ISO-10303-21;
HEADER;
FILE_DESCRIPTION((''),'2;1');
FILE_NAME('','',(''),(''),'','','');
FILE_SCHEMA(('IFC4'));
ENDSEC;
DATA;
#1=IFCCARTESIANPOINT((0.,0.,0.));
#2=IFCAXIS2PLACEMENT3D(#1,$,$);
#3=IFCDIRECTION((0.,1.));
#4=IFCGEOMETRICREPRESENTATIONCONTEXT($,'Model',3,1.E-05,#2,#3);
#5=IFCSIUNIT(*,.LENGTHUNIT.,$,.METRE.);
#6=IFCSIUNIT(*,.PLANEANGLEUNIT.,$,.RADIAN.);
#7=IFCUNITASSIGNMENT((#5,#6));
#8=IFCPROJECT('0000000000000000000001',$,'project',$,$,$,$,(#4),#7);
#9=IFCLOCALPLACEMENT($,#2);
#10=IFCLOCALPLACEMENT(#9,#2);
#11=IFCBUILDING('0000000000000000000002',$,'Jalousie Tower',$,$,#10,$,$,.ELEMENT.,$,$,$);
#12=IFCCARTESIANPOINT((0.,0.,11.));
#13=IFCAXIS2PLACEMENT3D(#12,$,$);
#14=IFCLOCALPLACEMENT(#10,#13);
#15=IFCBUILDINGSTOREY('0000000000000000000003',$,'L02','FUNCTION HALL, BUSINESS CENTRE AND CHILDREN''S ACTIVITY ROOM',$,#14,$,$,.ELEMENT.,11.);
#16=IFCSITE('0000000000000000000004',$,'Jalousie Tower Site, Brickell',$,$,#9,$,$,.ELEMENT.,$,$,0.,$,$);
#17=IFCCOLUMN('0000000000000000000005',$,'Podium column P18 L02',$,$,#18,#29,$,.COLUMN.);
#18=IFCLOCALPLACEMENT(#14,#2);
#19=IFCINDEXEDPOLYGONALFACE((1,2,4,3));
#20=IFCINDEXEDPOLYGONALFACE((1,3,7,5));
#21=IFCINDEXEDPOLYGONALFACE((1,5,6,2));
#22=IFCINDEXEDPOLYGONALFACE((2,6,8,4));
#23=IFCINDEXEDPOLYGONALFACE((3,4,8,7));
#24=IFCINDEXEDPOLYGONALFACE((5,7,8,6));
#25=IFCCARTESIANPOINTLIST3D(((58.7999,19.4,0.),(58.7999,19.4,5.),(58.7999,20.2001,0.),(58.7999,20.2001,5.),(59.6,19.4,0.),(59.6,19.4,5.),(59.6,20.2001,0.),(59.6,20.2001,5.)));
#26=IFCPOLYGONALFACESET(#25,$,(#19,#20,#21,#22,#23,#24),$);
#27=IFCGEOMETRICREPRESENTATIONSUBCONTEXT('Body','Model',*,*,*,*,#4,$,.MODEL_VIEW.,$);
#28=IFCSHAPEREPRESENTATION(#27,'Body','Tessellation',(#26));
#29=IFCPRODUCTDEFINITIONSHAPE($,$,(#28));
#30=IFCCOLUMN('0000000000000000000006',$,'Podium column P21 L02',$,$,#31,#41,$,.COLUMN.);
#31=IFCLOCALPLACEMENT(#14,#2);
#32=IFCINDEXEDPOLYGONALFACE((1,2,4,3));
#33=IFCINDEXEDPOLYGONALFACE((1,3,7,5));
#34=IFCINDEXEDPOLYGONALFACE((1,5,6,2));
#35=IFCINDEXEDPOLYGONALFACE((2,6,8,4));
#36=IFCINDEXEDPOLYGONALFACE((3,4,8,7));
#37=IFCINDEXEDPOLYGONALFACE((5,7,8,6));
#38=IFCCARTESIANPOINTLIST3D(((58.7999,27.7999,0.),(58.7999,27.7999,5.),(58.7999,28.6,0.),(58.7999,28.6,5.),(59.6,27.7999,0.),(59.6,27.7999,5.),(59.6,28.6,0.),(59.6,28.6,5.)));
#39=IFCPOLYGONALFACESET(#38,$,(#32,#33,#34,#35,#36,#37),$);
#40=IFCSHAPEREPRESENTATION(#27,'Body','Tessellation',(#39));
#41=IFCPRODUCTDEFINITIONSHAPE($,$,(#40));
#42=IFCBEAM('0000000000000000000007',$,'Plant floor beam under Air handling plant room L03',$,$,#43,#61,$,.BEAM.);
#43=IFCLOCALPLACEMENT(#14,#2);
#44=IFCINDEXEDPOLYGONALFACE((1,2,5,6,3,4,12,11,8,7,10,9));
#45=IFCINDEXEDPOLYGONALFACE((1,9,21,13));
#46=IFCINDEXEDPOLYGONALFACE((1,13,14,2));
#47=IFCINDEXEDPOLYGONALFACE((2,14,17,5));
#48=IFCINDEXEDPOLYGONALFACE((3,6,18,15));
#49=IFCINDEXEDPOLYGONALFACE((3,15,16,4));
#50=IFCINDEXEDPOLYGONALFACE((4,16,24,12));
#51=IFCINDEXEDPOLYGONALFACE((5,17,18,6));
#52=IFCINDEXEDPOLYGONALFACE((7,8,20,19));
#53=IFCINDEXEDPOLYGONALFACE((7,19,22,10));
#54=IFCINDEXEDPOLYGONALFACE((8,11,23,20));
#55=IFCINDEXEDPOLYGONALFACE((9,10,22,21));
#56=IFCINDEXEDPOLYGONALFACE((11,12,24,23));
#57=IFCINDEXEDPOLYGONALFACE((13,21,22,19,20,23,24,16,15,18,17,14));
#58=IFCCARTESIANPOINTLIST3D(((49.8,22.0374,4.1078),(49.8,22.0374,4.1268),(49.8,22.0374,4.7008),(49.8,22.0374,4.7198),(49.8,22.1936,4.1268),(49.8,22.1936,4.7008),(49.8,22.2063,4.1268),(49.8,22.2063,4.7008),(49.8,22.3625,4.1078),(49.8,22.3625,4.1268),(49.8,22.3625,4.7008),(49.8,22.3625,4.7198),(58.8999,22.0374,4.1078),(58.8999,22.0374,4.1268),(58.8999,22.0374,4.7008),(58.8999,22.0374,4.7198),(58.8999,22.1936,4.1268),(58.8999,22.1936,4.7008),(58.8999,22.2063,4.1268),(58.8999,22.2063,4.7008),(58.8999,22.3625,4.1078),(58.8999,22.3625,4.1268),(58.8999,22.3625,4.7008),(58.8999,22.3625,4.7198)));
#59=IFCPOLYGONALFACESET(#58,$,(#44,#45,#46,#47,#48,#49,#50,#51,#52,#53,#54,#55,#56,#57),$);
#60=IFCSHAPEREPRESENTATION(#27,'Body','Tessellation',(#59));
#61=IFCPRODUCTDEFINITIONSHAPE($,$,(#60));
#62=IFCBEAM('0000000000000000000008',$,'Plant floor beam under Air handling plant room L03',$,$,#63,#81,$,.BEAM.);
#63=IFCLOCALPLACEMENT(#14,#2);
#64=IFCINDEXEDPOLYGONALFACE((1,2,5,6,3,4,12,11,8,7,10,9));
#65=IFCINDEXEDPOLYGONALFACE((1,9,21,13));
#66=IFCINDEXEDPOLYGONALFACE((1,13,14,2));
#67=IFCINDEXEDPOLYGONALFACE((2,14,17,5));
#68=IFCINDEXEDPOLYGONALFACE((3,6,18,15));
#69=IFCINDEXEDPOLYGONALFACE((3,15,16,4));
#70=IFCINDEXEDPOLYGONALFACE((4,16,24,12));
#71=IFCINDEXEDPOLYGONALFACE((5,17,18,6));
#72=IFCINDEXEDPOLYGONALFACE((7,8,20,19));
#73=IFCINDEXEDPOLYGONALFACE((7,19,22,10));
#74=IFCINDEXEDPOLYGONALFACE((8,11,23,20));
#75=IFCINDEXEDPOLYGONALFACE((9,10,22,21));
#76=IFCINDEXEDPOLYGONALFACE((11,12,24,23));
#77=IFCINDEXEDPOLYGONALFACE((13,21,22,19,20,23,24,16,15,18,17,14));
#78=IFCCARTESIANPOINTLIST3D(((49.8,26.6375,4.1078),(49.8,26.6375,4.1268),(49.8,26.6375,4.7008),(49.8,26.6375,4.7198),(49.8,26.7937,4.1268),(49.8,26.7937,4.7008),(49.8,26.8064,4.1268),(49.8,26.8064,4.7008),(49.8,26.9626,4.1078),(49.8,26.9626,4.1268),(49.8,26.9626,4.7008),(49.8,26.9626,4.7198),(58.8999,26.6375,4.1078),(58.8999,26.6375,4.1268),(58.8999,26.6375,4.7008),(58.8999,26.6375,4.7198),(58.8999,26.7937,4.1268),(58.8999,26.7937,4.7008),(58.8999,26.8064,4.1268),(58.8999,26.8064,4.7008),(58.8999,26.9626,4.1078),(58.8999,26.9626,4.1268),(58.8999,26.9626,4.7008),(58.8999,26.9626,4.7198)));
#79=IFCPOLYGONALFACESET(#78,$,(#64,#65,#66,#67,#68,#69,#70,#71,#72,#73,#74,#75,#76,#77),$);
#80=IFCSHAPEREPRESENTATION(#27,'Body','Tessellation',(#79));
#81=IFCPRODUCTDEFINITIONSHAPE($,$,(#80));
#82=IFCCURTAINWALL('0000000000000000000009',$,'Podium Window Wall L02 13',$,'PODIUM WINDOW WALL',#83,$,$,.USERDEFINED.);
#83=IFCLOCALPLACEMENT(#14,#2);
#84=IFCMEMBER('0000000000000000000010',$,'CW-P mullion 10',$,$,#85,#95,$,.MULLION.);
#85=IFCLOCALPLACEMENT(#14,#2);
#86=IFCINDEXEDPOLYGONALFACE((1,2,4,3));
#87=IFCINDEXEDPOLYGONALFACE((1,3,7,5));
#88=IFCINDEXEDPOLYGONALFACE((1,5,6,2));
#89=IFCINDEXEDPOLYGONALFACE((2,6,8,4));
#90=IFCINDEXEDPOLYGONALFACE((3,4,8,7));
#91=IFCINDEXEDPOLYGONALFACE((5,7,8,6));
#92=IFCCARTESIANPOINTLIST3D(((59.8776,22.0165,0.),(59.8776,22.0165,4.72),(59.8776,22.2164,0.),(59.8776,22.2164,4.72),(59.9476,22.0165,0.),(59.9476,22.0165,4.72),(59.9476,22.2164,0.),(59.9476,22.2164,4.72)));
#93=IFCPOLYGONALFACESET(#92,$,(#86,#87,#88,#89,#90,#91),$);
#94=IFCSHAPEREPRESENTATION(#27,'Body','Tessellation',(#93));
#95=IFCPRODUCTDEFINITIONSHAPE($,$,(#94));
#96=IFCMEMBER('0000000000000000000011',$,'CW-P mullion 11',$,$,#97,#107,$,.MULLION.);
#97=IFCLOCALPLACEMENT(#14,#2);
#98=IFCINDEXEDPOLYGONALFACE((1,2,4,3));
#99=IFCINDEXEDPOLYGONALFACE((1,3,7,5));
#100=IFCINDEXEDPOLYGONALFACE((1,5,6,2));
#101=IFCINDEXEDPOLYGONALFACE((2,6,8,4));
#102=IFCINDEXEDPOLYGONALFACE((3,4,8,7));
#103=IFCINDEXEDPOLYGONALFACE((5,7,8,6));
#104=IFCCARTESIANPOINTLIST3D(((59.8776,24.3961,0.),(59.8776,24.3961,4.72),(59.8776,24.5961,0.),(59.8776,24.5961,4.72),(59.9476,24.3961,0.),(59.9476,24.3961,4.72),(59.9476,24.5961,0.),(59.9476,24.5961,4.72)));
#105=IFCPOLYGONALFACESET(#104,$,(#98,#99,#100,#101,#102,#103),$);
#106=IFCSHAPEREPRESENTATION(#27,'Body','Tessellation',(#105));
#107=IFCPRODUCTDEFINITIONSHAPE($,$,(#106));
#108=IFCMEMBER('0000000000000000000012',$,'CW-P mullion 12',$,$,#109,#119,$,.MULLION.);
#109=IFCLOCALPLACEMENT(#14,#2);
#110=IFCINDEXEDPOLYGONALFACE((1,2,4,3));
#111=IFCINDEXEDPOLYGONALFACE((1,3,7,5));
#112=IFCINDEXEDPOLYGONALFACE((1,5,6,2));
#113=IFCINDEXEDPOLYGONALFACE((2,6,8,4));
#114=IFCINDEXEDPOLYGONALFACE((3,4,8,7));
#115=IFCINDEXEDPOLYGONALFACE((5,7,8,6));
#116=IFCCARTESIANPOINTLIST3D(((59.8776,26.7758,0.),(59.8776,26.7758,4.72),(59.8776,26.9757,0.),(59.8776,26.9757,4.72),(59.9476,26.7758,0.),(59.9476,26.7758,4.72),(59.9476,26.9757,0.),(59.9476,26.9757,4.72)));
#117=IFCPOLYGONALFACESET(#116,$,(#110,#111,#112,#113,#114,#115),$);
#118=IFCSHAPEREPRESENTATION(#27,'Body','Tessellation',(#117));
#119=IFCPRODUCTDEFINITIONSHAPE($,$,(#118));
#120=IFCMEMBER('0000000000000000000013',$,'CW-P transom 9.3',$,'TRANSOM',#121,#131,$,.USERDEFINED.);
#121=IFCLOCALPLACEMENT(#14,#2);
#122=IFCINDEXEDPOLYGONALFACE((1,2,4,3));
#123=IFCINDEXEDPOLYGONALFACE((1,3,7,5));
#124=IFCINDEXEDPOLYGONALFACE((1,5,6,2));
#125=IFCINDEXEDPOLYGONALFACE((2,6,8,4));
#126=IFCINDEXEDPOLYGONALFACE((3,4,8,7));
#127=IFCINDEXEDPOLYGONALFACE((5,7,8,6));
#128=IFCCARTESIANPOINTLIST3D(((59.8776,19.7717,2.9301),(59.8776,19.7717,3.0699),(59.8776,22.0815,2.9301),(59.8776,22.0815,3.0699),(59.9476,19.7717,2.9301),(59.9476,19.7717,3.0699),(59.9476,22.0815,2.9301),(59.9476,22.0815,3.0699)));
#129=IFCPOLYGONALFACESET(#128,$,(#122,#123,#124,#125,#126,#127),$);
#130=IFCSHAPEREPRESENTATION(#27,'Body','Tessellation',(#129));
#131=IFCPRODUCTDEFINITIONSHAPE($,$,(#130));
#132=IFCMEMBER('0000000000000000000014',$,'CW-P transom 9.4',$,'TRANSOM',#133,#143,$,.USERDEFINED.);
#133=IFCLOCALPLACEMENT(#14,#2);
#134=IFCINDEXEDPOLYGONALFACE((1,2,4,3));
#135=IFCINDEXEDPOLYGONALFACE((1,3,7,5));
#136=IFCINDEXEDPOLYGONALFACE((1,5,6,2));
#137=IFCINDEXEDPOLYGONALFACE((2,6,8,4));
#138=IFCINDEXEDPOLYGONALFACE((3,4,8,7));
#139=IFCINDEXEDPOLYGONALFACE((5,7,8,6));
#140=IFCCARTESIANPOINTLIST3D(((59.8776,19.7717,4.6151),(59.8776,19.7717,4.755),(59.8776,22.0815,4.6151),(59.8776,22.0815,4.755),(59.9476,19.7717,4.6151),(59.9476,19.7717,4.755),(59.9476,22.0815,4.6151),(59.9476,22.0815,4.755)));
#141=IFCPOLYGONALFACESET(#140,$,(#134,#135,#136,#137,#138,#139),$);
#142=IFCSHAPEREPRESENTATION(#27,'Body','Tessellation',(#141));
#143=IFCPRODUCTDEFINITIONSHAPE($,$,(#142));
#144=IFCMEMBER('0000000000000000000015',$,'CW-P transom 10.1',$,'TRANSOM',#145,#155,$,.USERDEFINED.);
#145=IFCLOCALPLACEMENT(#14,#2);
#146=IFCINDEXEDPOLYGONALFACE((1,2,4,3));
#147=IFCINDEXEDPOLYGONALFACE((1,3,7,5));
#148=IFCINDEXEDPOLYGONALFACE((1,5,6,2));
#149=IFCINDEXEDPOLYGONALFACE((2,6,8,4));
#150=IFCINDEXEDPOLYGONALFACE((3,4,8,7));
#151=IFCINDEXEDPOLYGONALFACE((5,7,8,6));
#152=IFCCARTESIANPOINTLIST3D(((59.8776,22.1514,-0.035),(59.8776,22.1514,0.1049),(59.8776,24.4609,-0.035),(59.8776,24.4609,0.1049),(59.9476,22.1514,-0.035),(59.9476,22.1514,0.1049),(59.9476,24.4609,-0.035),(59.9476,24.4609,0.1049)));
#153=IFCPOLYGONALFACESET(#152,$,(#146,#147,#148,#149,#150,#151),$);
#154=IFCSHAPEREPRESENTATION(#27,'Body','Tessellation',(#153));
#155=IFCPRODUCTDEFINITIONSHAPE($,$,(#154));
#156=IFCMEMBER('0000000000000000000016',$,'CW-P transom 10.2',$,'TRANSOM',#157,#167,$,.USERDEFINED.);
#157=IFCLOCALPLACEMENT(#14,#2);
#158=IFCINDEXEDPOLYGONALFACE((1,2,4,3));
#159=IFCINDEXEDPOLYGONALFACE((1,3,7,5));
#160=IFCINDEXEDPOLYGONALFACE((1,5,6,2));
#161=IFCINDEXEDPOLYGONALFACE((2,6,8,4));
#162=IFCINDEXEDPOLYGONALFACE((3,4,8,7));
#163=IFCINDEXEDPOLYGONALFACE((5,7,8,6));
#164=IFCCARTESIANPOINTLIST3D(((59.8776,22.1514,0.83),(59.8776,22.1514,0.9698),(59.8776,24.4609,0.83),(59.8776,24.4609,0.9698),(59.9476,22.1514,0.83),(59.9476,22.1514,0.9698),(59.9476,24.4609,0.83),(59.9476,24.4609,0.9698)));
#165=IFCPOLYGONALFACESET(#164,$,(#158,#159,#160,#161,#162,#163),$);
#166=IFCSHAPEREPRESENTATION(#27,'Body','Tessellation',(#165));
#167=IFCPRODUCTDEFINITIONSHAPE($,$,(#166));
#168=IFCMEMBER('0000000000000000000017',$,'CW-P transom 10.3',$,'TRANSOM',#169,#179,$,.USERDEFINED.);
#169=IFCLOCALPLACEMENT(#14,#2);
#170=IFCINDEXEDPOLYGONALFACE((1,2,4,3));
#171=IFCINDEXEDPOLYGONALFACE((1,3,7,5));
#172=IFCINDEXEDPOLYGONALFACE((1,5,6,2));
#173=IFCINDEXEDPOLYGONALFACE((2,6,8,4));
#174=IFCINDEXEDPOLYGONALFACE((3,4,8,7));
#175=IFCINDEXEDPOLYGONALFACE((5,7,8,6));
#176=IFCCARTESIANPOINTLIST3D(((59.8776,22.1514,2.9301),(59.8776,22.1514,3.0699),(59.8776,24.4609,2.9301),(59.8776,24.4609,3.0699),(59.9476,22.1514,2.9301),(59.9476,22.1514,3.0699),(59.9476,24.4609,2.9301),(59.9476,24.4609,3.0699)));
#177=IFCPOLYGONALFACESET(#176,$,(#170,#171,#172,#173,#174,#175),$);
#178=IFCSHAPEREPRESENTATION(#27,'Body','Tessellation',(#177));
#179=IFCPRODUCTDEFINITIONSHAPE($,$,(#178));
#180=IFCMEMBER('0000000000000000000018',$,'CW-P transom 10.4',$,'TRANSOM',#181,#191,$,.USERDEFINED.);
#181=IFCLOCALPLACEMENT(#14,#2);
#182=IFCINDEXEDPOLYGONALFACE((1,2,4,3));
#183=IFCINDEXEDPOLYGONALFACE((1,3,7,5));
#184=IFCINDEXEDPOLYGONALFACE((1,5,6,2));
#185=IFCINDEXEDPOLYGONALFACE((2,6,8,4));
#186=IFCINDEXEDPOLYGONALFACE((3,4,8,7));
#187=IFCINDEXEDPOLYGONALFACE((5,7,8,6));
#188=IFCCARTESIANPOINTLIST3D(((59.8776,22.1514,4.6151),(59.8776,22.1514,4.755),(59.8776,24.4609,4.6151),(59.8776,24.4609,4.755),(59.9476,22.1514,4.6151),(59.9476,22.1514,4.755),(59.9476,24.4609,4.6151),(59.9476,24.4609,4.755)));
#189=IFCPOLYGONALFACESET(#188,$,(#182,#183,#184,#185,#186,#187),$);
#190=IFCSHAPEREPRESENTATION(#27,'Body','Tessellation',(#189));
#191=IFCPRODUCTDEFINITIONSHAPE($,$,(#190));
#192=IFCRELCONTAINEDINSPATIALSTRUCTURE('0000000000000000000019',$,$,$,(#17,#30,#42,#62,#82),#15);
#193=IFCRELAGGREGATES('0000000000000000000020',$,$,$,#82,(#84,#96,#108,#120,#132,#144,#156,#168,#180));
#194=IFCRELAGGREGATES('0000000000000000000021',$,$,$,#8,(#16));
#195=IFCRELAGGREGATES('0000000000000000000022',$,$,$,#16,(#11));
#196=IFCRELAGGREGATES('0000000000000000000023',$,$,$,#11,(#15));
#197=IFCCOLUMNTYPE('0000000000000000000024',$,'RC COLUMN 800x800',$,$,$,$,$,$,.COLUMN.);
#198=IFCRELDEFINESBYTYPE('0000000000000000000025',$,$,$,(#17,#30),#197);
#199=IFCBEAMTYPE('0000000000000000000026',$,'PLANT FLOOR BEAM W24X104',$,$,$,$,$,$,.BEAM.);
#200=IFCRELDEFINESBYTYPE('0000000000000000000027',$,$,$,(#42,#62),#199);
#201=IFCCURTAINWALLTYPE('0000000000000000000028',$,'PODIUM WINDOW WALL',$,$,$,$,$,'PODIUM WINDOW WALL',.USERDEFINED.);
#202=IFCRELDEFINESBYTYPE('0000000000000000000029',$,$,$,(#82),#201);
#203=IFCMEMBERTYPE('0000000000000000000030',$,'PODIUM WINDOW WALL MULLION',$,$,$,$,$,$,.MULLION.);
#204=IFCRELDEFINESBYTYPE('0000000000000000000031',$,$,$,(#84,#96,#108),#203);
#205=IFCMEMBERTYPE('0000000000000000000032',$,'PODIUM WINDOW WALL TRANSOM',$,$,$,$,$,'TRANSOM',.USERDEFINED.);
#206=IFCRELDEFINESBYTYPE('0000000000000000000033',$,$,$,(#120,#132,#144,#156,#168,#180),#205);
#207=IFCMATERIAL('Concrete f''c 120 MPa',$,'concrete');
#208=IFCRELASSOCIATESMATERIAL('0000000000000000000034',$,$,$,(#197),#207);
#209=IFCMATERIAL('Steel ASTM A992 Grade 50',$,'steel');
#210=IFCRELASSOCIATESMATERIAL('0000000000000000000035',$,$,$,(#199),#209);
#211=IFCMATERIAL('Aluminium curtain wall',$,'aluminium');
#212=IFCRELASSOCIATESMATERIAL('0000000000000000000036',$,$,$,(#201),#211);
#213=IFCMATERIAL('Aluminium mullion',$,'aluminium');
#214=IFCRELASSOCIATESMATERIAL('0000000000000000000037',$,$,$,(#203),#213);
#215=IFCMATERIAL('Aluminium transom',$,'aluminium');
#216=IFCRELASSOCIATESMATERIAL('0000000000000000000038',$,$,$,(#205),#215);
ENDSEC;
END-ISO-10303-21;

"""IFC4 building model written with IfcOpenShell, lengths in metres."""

from ifc_helpers import new_model, si_unit, direction, frame, origin, origin_2d, place, context, subcontext, project, spatial, rectangle, i_section, extrude, material, material_profile, profile_set, type_object, element, aggregate, save


model = new_model("IFC4")

# Units and contexts
model_context = context("Model", 3, precision=1e-05, world=origin(), true_north=direction((0.0, 1.0)))
body_context = subcontext(model_context, "Body", "Model", "MODEL_VIEW")
ifc_project = project(units=[si_unit("LENGTHUNIT", "METRE"), si_unit("PLANEANGLEUNIT", "RADIAN")], contexts=[model_context])

# Site, building, storey
site_placement = place(None, origin())
site = spatial("IfcSite", under=ifc_project, at=site_placement, Name="Jalousie Tower Site, Brickell", CompositionType="ELEMENT", RefElevation=0.0)
building_placement = place(site_placement, origin())
building = spatial("IfcBuilding", under=site, at=building_placement, Name="Jalousie Tower", CompositionType="ELEMENT")
storey_placement = place(building_placement, frame((0.0, 0.0, 11.0)))
storey = spatial("IfcBuildingStorey", under=building, at=storey_placement, Name="L02", Description="FUNCTION HALL, BUSINESS CENTRE AND CHILDREN'S ACTIVITY ROOM", CompositionType="ELEMENT", Elevation=11.0)

# Columns
ifc_material_1 = material(Name="Concrete f'c 120 MPa", Category="concrete")
ifc_material_profile_1 = material_profile(ifc_material_1, rectangle(XDim=0.8, YDim=0.8, at=origin_2d()), Name="RC 800x800")
ifc_profile_set_1 = profile_set([ifc_material_profile_1], Name="Concrete f'c 120 MPa")
column_type = type_object("IfcColumnType", Name="RC COLUMN 800x800", PredefinedType="COLUMN", material=ifc_profile_set_1)
for number, where, z_axis, x_axis, name in (
    (1, (59.2, 19.8, 0.0), (0.0, 0.0, 1.0), (1.0, 0.0, 0.0), "Podium column P18 L02"),
    (2, (59.2, 28.2, 0.0), (0.0, 0.0, 1.0), (1.0, 0.0, 0.0), "Podium column P21 L02"),
):
    element("IfcColumn", number, at=place(storey_placement, frame(where, z_axis=z_axis, x_axis=x_axis)), inside=storey, type_object=column_type, Name=name, PredefinedType="COLUMN", context=body_context, shape_type="SweptSolid", body=[
        extrude(rectangle(XDim=0.8, YDim=0.8, at=origin_2d()), origin(), (0.0, 0.0, 1.0), 5.0),
    ])

# Beams
ifc_material_2 = material(Name="Steel ASTM A992 Grade 50", Category="steel")
ifc_material_profile_2 = material_profile(ifc_material_2, i_section(OverallWidth=0.3252, OverallDepth=0.6121, WebThickness=0.0127, FlangeThickness=0.019, at=origin_2d()), Name="W24X104")
ifc_profile_set_2 = profile_set([ifc_material_profile_2], Name="Steel ASTM A992 Grade 50")
beam_type_1 = type_object("IfcBeamType", Name="PLANT FLOOR BEAM W24X104", PredefinedType="BEAM", material=ifc_profile_set_2)
for number, where, z_axis, x_axis, name in (
    (3, (49.8, 22.2, 4.4138), (1.0, 0.0, 0.0), (0.0, 1.0, 0.0), "Plant floor beam under Air handling plant room L03"),
    (4, (49.8, 26.8, 4.4138), (1.0, 0.0, 0.0), (0.0, 1.0, 0.0), "Plant floor beam under Air handling plant room L03"),
):
    element("IfcBeam", number, at=place(storey_placement, frame(where, z_axis=z_axis, x_axis=x_axis)), inside=storey, type_object=beam_type_1, Name=name, PredefinedType="BEAM", context=body_context, shape_type="SweptSolid", body=[
        extrude(i_section(OverallWidth=0.3252, OverallDepth=0.6121, WebThickness=0.0127, FlangeThickness=0.019, at=origin_2d()), origin(), (0.0, 0.0, 1.0), 9.0999),
    ])

# Curtain wall, members
ifc_material_3 = material(Name="Aluminium curtain wall", Category="aluminium")
curtain_wall_type = type_object("IfcCurtainWallType", Name="PODIUM WINDOW WALL", ElementType="PODIUM WINDOW WALL", PredefinedType="USERDEFINED", material=ifc_material_3)
curtain_wall_placement = place(storey_placement, origin())
curtain_wall = element("IfcCurtainWall", 5, at=curtain_wall_placement, inside=storey, type_object=curtain_wall_type, Name="Podium Window Wall L02 13", ObjectType="PODIUM WINDOW WALL", PredefinedType="USERDEFINED")
ifc_material_4 = material(Name="Aluminium mullion", Category="aluminium")
ifc_material_profile_3 = material_profile(ifc_material_4, rectangle(XDim=0.0701, YDim=0.2, at=origin_2d()), Name="MULLION 70x200")
ifc_profile_set_3 = profile_set([ifc_material_profile_3], Name="Aluminium mullion")
member_type_1 = type_object("IfcMemberType", Name="PODIUM WINDOW WALL MULLION", PredefinedType="MULLION", material=ifc_profile_set_3)
member_1_placement = place(storey_placement, frame((59.9126, 22.1165, 0.0), z_axis=(0.0, 0.0, 1.0), x_axis=(-1.0, 0.0, 0.0)))
member_1 = element("IfcMember", 6, at=member_1_placement, type_object=member_type_1, Name="CW-P mullion 10", PredefinedType="MULLION", context=body_context, shape_type="SweptSolid", body=[
    extrude(rectangle(XDim=0.0701, YDim=0.2, at=origin_2d()), origin(), (0.0, 0.0, 1.0), 4.72),
])
member_2_placement = place(storey_placement, frame((59.9126, 24.4961, 0.0), z_axis=(0.0, 0.0, 1.0), x_axis=(-1.0, 0.0, 0.0)))
member_2 = element("IfcMember", 7, at=member_2_placement, type_object=member_type_1, Name="CW-P mullion 11", PredefinedType="MULLION", context=body_context, shape_type="SweptSolid", body=[
    extrude(rectangle(XDim=0.0701, YDim=0.2, at=origin_2d()), origin(), (0.0, 0.0, 1.0), 4.72),
])
member_3_placement = place(storey_placement, frame((59.9126, 26.8757, 0.0), z_axis=(0.0, 0.0, 1.0), x_axis=(-1.0, 0.0, 0.0)))
member_3 = element("IfcMember", 8, at=member_3_placement, type_object=member_type_1, Name="CW-P mullion 12", PredefinedType="MULLION", context=body_context, shape_type="SweptSolid", body=[
    extrude(rectangle(XDim=0.0701, YDim=0.2, at=origin_2d()), origin(), (0.0, 0.0, 1.0), 4.72),
])
ifc_material_5 = material(Name="Aluminium transom", Category="aluminium")
ifc_material_profile_4 = material_profile(ifc_material_5, rectangle(XDim=0.0701, YDim=0.1399, at=origin_2d()), Name="TRANSOM 70x140")
ifc_profile_set_4 = profile_set([ifc_material_profile_4], Name="Aluminium transom")
member_type_2 = type_object("IfcMemberType", Name="PODIUM WINDOW WALL TRANSOM", ElementType="TRANSOM", PredefinedType="USERDEFINED", material=ifc_profile_set_4)
member_4_placement = place(storey_placement, frame((59.9126, 19.7717, 3.0), z_axis=(0.0, 1.0, 0.0), x_axis=(-1.0, 0.0, 0.0)))
member_4 = element("IfcMember", 9, at=member_4_placement, type_object=member_type_2, Name="CW-P transom 9.3", ObjectType="TRANSOM", PredefinedType="USERDEFINED", context=body_context, shape_type="SweptSolid", body=[
    extrude(rectangle(XDim=0.0701, YDim=0.1399, at=origin_2d()), origin(), (0.0, 0.0, 1.0), 2.3098),
])
member_5_placement = place(storey_placement, frame((59.9126, 19.7717, 4.6851), z_axis=(0.0, 1.0, 0.0), x_axis=(-1.0, 0.0, 0.0)))
member_5 = element("IfcMember", 10, at=member_5_placement, type_object=member_type_2, Name="CW-P transom 9.4", ObjectType="TRANSOM", PredefinedType="USERDEFINED", context=body_context, shape_type="SweptSolid", body=[
    extrude(rectangle(XDim=0.0701, YDim=0.1399, at=origin_2d()), origin(), (0.0, 0.0, 1.0), 2.3098),
])
member_6_placement = place(storey_placement, frame((59.9126, 22.1514, 0.0349), z_axis=(0.0, 1.0, 0.0), x_axis=(-1.0, 0.0, 0.0)))
member_6 = element("IfcMember", 11, at=member_6_placement, type_object=member_type_2, Name="CW-P transom 10.1", ObjectType="TRANSOM", PredefinedType="USERDEFINED", context=body_context, shape_type="SweptSolid", body=[
    extrude(rectangle(XDim=0.0701, YDim=0.1399, at=origin_2d()), origin(), (0.0, 0.0, 1.0), 2.3096),
])
member_7_placement = place(storey_placement, frame((59.9126, 22.1514, 0.8999), z_axis=(0.0, 1.0, 0.0), x_axis=(-1.0, 0.0, 0.0)))
member_7 = element("IfcMember", 12, at=member_7_placement, type_object=member_type_2, Name="CW-P transom 10.2", ObjectType="TRANSOM", PredefinedType="USERDEFINED", context=body_context, shape_type="SweptSolid", body=[
    extrude(rectangle(XDim=0.0701, YDim=0.1399, at=origin_2d()), origin(), (0.0, 0.0, 1.0), 2.3096),
])
member_8_placement = place(storey_placement, frame((59.9126, 22.1514, 3.0), z_axis=(0.0, 1.0, 0.0), x_axis=(-1.0, 0.0, 0.0)))
member_8 = element("IfcMember", 13, at=member_8_placement, type_object=member_type_2, Name="CW-P transom 10.3", ObjectType="TRANSOM", PredefinedType="USERDEFINED", context=body_context, shape_type="SweptSolid", body=[
    extrude(rectangle(XDim=0.0701, YDim=0.1399, at=origin_2d()), origin(), (0.0, 0.0, 1.0), 2.3096),
])
member_9_placement = place(storey_placement, frame((59.9126, 22.1514, 4.6851), z_axis=(0.0, 1.0, 0.0), x_axis=(-1.0, 0.0, 0.0)))
member_9 = element("IfcMember", 14, at=member_9_placement, type_object=member_type_2, Name="CW-P transom 10.4", ObjectType="TRANSOM", PredefinedType="USERDEFINED", context=body_context, shape_type="SweptSolid", body=[
    extrude(rectangle(XDim=0.0701, YDim=0.1399, at=origin_2d()), origin(), (0.0, 0.0, 1.0), 2.3096),
])

aggregate(curtain_wall, [member_1, member_2, member_3, member_4, member_5, member_6, member_7, member_8, member_9])

save(model, "model.ifc")
